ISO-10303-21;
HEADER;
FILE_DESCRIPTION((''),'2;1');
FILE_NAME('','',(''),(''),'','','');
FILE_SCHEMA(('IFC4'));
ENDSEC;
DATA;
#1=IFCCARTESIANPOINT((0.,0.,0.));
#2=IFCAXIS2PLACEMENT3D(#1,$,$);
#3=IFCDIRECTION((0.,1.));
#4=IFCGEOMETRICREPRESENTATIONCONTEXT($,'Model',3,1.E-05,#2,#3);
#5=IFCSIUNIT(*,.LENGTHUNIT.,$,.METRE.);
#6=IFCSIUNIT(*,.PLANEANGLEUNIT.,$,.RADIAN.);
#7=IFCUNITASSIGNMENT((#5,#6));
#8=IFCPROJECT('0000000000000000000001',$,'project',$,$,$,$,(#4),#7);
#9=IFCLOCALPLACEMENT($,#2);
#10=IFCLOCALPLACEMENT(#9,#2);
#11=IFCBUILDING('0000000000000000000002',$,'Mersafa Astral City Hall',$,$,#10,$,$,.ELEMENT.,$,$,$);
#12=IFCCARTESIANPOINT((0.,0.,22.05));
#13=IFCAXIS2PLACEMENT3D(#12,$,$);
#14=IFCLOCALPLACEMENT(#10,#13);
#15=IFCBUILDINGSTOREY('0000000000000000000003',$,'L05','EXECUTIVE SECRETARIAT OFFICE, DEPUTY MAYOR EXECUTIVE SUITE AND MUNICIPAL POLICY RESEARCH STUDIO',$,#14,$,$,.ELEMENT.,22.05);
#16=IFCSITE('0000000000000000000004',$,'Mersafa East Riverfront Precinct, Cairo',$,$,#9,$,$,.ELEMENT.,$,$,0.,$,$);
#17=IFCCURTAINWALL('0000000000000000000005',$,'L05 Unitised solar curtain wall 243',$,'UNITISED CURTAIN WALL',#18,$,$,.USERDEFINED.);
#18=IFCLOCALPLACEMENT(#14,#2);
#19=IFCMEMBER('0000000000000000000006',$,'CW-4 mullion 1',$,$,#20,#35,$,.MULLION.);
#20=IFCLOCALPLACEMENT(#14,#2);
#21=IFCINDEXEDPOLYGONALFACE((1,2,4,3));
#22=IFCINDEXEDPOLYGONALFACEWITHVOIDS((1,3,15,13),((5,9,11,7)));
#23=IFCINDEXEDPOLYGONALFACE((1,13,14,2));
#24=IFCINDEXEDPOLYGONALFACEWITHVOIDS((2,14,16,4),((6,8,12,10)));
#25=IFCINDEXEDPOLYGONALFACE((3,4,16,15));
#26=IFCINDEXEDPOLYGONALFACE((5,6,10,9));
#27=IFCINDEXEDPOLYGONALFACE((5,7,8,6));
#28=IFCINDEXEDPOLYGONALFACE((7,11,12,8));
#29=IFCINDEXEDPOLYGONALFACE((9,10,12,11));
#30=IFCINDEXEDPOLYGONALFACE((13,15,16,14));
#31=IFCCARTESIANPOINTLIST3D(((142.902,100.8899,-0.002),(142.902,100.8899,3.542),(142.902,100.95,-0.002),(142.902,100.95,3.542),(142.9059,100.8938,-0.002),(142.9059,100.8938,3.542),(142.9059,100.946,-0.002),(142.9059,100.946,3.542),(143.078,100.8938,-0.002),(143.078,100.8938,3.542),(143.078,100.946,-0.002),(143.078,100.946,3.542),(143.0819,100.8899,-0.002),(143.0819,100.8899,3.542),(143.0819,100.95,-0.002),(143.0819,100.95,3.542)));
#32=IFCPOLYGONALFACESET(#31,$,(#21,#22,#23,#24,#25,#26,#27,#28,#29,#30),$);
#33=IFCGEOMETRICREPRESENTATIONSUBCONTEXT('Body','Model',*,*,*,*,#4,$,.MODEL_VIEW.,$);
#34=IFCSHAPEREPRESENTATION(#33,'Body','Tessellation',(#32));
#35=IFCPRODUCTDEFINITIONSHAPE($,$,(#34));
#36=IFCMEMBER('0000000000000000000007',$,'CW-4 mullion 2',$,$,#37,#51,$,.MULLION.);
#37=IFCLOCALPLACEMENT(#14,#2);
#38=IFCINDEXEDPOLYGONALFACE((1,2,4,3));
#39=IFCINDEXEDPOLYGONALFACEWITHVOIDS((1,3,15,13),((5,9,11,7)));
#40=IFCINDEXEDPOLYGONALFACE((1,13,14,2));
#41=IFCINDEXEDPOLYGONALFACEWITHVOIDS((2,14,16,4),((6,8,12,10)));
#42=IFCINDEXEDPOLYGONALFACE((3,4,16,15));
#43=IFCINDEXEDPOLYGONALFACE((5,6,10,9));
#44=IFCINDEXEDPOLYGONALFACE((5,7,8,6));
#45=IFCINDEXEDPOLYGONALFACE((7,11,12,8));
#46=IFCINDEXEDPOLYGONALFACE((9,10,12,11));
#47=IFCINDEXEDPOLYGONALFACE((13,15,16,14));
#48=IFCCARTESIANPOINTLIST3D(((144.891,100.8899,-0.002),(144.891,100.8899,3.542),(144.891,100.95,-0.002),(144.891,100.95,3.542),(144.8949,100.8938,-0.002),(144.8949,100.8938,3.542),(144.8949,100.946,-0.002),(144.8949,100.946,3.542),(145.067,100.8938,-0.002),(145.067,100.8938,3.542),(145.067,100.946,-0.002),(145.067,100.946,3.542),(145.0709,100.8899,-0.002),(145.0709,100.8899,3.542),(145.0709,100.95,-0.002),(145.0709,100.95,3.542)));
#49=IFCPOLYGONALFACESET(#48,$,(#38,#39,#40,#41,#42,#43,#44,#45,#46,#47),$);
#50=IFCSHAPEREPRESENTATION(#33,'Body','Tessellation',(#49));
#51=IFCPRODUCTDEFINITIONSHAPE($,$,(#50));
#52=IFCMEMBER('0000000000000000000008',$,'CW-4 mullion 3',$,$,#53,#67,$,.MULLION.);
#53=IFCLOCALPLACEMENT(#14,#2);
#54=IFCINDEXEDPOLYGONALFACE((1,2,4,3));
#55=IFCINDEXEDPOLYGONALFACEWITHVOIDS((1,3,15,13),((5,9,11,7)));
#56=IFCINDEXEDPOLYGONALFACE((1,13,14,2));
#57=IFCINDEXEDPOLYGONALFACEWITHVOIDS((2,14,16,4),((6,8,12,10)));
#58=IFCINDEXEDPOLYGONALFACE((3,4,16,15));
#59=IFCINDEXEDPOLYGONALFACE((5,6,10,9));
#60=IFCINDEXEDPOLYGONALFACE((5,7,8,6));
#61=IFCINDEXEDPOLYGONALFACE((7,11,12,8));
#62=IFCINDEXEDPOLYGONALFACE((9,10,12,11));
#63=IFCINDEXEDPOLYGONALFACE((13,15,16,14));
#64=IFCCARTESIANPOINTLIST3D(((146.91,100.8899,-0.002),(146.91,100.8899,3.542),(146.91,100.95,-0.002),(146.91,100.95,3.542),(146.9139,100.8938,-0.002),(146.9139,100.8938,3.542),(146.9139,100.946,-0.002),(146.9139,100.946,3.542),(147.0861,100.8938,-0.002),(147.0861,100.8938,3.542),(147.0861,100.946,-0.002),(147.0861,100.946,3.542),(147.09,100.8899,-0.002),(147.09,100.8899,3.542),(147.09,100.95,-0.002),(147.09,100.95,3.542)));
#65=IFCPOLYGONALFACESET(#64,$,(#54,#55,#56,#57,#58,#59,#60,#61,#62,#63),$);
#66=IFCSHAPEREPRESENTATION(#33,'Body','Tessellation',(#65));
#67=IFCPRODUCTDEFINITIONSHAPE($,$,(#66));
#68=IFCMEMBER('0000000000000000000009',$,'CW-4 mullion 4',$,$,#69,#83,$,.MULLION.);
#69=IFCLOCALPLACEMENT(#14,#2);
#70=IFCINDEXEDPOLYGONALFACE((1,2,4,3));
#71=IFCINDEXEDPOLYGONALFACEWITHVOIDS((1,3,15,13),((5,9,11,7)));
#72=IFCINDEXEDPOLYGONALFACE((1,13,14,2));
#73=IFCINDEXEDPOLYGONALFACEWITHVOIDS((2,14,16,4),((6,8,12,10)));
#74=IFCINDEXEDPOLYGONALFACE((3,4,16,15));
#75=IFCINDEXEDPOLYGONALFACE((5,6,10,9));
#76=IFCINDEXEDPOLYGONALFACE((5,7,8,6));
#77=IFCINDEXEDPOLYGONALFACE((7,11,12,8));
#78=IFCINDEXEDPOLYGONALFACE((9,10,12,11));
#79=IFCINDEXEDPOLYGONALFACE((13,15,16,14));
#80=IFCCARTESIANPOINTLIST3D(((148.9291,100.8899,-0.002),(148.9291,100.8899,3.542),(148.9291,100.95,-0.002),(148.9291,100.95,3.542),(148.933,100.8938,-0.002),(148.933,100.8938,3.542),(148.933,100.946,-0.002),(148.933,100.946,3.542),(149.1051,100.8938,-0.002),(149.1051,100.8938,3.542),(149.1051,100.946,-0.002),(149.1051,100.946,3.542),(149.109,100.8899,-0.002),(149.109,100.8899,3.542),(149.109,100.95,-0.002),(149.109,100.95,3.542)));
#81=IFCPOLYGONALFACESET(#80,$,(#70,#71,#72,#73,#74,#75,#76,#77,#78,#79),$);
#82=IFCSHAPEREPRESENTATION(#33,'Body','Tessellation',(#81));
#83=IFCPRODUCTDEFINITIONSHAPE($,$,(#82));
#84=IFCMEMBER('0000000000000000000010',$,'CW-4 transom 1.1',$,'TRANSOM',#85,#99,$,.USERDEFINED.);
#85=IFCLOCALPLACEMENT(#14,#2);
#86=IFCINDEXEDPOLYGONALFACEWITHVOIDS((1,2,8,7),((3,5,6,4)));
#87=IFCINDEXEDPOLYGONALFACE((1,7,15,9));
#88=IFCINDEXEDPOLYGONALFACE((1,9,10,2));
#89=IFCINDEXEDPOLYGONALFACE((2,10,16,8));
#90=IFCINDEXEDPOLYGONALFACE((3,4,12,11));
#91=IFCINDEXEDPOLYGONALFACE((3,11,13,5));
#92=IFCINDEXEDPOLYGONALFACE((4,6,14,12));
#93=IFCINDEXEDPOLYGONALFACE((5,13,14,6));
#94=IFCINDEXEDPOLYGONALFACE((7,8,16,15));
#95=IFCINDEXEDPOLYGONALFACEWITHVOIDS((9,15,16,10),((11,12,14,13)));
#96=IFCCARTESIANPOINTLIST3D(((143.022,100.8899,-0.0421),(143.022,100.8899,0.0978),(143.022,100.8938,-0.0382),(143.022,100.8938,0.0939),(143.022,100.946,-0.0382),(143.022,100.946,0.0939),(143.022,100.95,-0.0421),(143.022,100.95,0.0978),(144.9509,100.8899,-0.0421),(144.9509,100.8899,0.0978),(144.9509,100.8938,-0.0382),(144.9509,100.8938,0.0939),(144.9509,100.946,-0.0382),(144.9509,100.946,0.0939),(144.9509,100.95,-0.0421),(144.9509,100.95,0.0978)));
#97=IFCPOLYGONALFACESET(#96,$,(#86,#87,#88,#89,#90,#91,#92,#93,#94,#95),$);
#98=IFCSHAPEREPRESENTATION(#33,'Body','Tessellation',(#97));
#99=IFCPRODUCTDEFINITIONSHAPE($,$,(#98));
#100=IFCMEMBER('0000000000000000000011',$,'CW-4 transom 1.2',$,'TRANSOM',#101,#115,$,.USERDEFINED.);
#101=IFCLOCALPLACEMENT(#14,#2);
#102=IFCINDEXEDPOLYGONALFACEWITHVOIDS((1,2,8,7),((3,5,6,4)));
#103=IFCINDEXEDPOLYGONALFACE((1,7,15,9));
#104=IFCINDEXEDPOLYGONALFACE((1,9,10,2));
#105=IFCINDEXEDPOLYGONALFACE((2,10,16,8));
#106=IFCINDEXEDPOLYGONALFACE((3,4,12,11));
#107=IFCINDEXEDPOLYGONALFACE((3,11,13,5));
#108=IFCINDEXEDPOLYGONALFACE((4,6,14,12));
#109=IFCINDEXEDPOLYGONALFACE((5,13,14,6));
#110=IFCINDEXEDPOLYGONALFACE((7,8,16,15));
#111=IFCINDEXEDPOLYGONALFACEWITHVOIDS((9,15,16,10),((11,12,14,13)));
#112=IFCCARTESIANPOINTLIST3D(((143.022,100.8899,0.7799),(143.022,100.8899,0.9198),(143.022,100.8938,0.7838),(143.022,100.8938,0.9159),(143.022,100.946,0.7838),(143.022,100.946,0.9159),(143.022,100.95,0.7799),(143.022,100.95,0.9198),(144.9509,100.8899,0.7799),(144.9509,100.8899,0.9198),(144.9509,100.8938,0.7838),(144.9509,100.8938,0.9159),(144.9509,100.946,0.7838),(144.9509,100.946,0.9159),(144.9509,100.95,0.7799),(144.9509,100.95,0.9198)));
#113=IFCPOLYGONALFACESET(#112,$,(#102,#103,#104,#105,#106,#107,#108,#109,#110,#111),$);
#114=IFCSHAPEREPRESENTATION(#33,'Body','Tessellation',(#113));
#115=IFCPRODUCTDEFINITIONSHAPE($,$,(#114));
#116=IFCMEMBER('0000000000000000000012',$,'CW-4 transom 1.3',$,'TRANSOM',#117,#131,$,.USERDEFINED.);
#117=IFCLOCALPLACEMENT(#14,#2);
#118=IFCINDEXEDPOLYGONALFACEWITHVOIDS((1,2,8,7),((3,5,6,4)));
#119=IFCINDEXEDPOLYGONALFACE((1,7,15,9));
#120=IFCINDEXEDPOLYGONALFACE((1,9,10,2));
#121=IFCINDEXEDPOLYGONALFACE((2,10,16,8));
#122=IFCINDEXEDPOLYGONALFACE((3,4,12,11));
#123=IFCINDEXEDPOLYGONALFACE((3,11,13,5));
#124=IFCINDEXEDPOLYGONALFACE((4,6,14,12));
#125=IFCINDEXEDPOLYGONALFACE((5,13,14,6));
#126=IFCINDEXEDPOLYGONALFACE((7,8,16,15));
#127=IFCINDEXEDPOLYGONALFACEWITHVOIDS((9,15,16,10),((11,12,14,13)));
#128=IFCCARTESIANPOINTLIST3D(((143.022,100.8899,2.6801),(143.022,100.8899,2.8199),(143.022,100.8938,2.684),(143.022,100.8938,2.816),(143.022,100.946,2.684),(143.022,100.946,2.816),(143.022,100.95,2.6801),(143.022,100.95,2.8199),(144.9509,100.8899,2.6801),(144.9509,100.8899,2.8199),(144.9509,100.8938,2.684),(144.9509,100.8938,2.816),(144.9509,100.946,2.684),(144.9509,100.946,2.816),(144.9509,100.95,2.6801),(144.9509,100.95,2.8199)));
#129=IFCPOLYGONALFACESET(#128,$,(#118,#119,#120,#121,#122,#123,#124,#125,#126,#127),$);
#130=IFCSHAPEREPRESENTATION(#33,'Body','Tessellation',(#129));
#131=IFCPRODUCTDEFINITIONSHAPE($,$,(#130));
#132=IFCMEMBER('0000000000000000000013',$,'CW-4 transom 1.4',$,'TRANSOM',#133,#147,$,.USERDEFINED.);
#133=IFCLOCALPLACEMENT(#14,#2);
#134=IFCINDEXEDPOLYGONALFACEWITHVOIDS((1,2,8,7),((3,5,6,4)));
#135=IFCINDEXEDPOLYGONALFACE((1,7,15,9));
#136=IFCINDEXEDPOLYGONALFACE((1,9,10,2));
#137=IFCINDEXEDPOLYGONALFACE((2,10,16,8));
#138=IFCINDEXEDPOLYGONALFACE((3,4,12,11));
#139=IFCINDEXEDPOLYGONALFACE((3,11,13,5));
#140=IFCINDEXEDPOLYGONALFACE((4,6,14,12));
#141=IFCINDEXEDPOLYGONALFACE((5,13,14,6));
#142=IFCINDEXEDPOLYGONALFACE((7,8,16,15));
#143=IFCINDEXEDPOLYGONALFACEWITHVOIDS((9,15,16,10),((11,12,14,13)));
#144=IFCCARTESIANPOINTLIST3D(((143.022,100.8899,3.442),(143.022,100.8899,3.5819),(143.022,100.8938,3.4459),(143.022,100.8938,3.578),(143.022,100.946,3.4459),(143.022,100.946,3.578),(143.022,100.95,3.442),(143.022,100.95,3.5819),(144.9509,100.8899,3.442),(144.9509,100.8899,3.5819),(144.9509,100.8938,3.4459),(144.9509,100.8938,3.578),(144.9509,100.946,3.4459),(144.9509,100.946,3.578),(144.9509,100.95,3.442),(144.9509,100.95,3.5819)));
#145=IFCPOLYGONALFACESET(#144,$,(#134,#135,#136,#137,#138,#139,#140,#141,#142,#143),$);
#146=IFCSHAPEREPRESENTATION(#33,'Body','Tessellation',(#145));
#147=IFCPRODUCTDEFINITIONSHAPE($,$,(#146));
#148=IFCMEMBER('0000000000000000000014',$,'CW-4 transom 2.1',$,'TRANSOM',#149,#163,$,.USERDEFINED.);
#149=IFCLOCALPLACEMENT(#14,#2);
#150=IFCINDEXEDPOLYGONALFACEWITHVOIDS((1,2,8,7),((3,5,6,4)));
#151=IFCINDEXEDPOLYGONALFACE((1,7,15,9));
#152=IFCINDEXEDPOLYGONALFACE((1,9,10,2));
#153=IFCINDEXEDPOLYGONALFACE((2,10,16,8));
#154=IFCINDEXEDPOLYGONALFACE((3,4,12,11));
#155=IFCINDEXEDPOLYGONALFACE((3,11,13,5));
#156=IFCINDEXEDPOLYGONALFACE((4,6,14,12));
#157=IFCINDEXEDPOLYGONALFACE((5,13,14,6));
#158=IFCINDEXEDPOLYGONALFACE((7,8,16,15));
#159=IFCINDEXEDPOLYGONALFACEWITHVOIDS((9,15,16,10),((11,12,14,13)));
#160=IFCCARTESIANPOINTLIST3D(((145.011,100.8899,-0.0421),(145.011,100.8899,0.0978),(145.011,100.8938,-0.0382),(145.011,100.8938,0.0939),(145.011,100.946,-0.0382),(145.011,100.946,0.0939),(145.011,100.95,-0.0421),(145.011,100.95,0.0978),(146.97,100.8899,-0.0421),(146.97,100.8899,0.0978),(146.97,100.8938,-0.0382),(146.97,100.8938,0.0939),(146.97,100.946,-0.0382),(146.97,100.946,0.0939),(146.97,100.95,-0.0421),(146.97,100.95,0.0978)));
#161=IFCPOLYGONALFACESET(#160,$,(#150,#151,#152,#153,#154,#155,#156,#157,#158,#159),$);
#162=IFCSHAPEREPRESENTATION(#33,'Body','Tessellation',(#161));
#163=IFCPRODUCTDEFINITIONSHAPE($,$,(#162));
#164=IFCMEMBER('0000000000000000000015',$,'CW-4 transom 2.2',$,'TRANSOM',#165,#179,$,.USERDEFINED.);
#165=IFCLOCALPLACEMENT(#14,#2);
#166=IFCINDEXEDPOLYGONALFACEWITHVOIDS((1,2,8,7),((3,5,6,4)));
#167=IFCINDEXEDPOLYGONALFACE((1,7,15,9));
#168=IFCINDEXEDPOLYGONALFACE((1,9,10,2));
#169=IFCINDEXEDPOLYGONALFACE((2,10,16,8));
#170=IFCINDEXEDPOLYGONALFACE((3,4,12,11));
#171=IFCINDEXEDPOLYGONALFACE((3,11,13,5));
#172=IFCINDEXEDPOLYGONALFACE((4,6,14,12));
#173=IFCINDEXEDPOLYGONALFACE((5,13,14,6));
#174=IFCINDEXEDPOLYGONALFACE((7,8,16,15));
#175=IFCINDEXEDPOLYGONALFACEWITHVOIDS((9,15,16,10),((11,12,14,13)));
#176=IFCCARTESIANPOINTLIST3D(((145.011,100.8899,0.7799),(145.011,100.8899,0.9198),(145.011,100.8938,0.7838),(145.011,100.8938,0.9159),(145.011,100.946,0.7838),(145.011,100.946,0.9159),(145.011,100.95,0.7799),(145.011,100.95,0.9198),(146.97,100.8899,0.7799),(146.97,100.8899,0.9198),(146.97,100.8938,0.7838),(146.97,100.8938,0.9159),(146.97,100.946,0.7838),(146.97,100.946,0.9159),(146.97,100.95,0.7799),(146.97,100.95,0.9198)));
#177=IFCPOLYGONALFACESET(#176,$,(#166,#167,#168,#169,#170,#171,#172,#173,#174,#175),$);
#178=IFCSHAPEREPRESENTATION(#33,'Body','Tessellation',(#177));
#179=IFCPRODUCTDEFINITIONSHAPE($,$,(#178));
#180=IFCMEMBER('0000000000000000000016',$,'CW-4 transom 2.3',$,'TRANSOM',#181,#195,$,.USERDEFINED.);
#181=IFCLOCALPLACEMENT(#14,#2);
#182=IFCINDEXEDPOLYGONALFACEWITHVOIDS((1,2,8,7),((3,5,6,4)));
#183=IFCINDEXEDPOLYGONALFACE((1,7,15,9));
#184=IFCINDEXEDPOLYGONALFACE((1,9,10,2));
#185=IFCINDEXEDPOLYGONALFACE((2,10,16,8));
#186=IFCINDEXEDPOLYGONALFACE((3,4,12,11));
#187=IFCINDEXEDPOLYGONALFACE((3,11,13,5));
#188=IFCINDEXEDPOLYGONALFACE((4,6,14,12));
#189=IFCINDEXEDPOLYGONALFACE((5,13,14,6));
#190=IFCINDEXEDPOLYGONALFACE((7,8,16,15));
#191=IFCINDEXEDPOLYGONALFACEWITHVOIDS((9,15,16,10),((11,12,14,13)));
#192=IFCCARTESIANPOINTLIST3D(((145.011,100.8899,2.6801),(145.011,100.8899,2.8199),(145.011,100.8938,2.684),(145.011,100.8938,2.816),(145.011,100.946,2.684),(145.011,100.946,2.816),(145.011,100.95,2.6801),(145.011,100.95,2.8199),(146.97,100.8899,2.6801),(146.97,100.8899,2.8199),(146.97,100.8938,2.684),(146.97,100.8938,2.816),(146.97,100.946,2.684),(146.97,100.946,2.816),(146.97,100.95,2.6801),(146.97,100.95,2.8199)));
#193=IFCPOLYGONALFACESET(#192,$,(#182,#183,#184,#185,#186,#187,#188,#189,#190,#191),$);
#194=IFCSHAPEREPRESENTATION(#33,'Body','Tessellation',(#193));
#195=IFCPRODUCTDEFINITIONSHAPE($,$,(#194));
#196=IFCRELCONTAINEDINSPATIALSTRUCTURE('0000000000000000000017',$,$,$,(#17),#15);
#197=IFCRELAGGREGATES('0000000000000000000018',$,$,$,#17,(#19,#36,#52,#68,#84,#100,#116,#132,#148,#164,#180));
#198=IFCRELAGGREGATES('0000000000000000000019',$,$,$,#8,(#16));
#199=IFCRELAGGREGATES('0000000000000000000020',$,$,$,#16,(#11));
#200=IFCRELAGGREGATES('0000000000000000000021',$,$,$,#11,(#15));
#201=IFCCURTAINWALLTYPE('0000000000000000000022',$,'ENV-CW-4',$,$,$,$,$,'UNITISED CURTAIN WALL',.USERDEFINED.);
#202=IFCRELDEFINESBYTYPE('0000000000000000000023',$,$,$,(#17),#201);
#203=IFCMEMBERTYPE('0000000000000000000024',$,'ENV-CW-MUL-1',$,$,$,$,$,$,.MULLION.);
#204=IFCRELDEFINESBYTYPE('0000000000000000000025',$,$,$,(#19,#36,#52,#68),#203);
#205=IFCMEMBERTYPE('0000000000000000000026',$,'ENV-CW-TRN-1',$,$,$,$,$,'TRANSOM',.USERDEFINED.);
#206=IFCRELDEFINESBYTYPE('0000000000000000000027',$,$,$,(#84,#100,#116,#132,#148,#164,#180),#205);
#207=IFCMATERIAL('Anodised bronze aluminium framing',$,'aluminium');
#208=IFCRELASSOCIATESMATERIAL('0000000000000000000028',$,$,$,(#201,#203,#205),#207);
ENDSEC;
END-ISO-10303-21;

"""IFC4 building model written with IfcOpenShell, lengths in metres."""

from ifc_helpers import new_model, si_unit, direction, frame, origin, origin_2d, place, context, subcontext, project, spatial, hollow_rectangle, extrude, material, material_profile, profile_set, type_object, element, aggregate, save


model = new_model("IFC4")

# Units and contexts
model_context = context("Model", 3, precision=1e-05, world=origin(), true_north=direction((0.0, 1.0)))
body_context = subcontext(model_context, "Body", "Model", "MODEL_VIEW")
ifc_project = project(units=[si_unit("LENGTHUNIT", "METRE"), si_unit("PLANEANGLEUNIT", "RADIAN")], contexts=[model_context])

# Site, building, storey
site_placement = place(None, origin())
site = spatial("IfcSite", under=ifc_project, at=site_placement, Name="Mersafa East Riverfront Precinct, Cairo", CompositionType="ELEMENT", RefElevation=0.0)
building_placement = place(site_placement, origin())
building = spatial("IfcBuilding", under=site, at=building_placement, Name="Mersafa Astral City Hall", CompositionType="ELEMENT")
storey_placement = place(building_placement, frame((0.0, 0.0, 22.05)))
storey = spatial("IfcBuildingStorey", under=building, at=storey_placement, Name="L05", Description="EXECUTIVE SECRETARIAT OFFICE, DEPUTY MAYOR EXECUTIVE SUITE AND MUNICIPAL POLICY RESEARCH STUDIO", CompositionType="ELEMENT", Elevation=22.05)

# Curtain wall, members
ifc_material_1 = material(Name="Anodised bronze aluminium framing", Category="aluminium")
curtain_wall_type = type_object("IfcCurtainWallType", Name="ENV-CW-4", ElementType="UNITISED CURTAIN WALL", PredefinedType="USERDEFINED", material=ifc_material_1)
curtain_wall_placement = place(storey_placement, origin())
curtain_wall = element("IfcCurtainWall", 1, at=curtain_wall_placement, inside=storey, type_object=curtain_wall_type, Name="L05 Unitised solar curtain wall 243", ObjectType="UNITISED CURTAIN WALL", PredefinedType="USERDEFINED")
ifc_material_profile_1 = material_profile(ifc_material_1, hollow_rectangle(XDim=0.0601, YDim=0.1799, WallThickness=0.0039, at=origin_2d()), Name="RHS 60x180x4")
ifc_profile_set_1 = profile_set([ifc_material_profile_1], Name="Anodised bronze aluminium framing")
member_type_1 = type_object("IfcMemberType", Name="ENV-CW-MUL-1", PredefinedType="MULLION", material=ifc_profile_set_1)
member_1_placement = place(storey_placement, frame((142.9919, 100.9199, -0.002), z_axis=(0.0, 0.0, 1.0), x_axis=(0.0, 1.0, 0.0)))
member_1 = element("IfcMember", 2, at=member_1_placement, type_object=member_type_1, Name="CW-4 mullion 1", PredefinedType="MULLION", context=body_context, shape_type="SweptSolid", body=[
    extrude(hollow_rectangle(XDim=0.0601, YDim=0.1799, WallThickness=0.0039, at=origin_2d()), origin(), (0.0, 0.0, 1.0), 3.5439),
])
member_2_placement = place(storey_placement, frame((144.981, 100.9199, -0.002), z_axis=(0.0, 0.0, 1.0), x_axis=(0.0, 1.0, 0.0)))
member_2 = element("IfcMember", 3, at=member_2_placement, type_object=member_type_1, Name="CW-4 mullion 2", PredefinedType="MULLION", context=body_context, shape_type="SweptSolid", body=[
    extrude(hollow_rectangle(XDim=0.0601, YDim=0.1799, WallThickness=0.0039, at=origin_2d()), origin(), (0.0, 0.0, 1.0), 3.5439),
])
member_3_placement = place(storey_placement, frame((147.0, 100.9199, -0.002), z_axis=(0.0, 0.0, 1.0), x_axis=(0.0, 1.0, 0.0)))
member_3 = element("IfcMember", 4, at=member_3_placement, type_object=member_type_1, Name="CW-4 mullion 3", PredefinedType="MULLION", context=body_context, shape_type="SweptSolid", body=[
    extrude(hollow_rectangle(XDim=0.0601, YDim=0.1799, WallThickness=0.0039, at=origin_2d()), origin(), (0.0, 0.0, 1.0), 3.5439),
])
member_4_placement = place(storey_placement, frame((149.019, 100.9199, -0.002), z_axis=(0.0, 0.0, 1.0), x_axis=(0.0, 1.0, 0.0)))
member_4 = element("IfcMember", 5, at=member_4_placement, type_object=member_type_1, Name="CW-4 mullion 4", PredefinedType="MULLION", context=body_context, shape_type="SweptSolid", body=[
    extrude(hollow_rectangle(XDim=0.0601, YDim=0.1799, WallThickness=0.0039, at=origin_2d()), origin(), (0.0, 0.0, 1.0), 3.5439),
])
ifc_material_profile_2 = material_profile(ifc_material_1, hollow_rectangle(XDim=0.0601, YDim=0.1399, WallThickness=0.0039, at=origin_2d()), Name="RHS 60x140x4")
ifc_profile_set_2 = profile_set([ifc_material_profile_2], Name="Anodised bronze aluminium framing")
member_type_2 = type_object("IfcMemberType", Name="ENV-CW-TRN-1", ElementType="TRANSOM", PredefinedType="USERDEFINED", material=ifc_profile_set_2)
member_5_placement = place(storey_placement, frame((143.022, 100.9199, 0.0278), z_axis=(1.0, 0.0, 0.0), x_axis=(0.0, 1.0, 0.0)))
member_5 = element("IfcMember", 6, at=member_5_placement, type_object=member_type_2, Name="CW-4 transom 1.1", ObjectType="TRANSOM", PredefinedType="USERDEFINED", context=body_context, shape_type="SweptSolid", body=[
    extrude(hollow_rectangle(XDim=0.0601, YDim=0.1399, WallThickness=0.0039, at=origin_2d()), origin(), (0.0, 0.0, 1.0), 1.929),
])
member_6_placement = place(storey_placement, frame((143.022, 100.9199, 0.8499), z_axis=(1.0, 0.0, 0.0), x_axis=(0.0, 1.0, 0.0)))
member_6 = element("IfcMember", 7, at=member_6_placement, type_object=member_type_2, Name="CW-4 transom 1.2", ObjectType="TRANSOM", PredefinedType="USERDEFINED", context=body_context, shape_type="SweptSolid", body=[
    extrude(hollow_rectangle(XDim=0.0601, YDim=0.1399, WallThickness=0.0039, at=origin_2d()), origin(), (0.0, 0.0, 1.0), 1.929),
])
member_7_placement = place(storey_placement, frame((143.022, 100.9199, 2.75), z_axis=(1.0, 0.0, 0.0), x_axis=(0.0, 1.0, 0.0)))
member_7 = element("IfcMember", 8, at=member_7_placement, type_object=member_type_2, Name="CW-4 transom 1.3", ObjectType="TRANSOM", PredefinedType="USERDEFINED", context=body_context, shape_type="SweptSolid", body=[
    extrude(hollow_rectangle(XDim=0.0601, YDim=0.1399, WallThickness=0.0039, at=origin_2d()), origin(), (0.0, 0.0, 1.0), 1.929),
])
member_8_placement = place(storey_placement, frame((143.022, 100.9199, 3.512), z_axis=(1.0, 0.0, 0.0), x_axis=(0.0, 1.0, 0.0)))
member_8 = element("IfcMember", 9, at=member_8_placement, type_object=member_type_2, Name="CW-4 transom 1.4", ObjectType="TRANSOM", PredefinedType="USERDEFINED", context=body_context, shape_type="SweptSolid", body=[
    extrude(hollow_rectangle(XDim=0.0601, YDim=0.1399, WallThickness=0.0039, at=origin_2d()), origin(), (0.0, 0.0, 1.0), 1.929),
])
member_9_placement = place(storey_placement, frame((145.011, 100.9199, 0.0278), z_axis=(1.0, 0.0, 0.0), x_axis=(0.0, 1.0, 0.0)))
member_9 = element("IfcMember", 10, at=member_9_placement, type_object=member_type_2, Name="CW-4 transom 2.1", ObjectType="TRANSOM", PredefinedType="USERDEFINED", context=body_context, shape_type="SweptSolid", body=[
    extrude(hollow_rectangle(XDim=0.0601, YDim=0.1399, WallThickness=0.0039, at=origin_2d()), origin(), (0.0, 0.0, 1.0), 1.959),
])
member_10_placement = place(storey_placement, frame((145.011, 100.9199, 0.8499), z_axis=(1.0, 0.0, 0.0), x_axis=(0.0, 1.0, 0.0)))
member_10 = element("IfcMember", 11, at=member_10_placement, type_object=member_type_2, Name="CW-4 transom 2.2", ObjectType="TRANSOM", PredefinedType="USERDEFINED", context=body_context, shape_type="SweptSolid", body=[
    extrude(hollow_rectangle(XDim=0.0601, YDim=0.1399, WallThickness=0.0039, at=origin_2d()), origin(), (0.0, 0.0, 1.0), 1.959),
])
member_11_placement = place(storey_placement, frame((145.011, 100.9199, 2.75), z_axis=(1.0, 0.0, 0.0), x_axis=(0.0, 1.0, 0.0)))
member_11 = element("IfcMember", 12, at=member_11_placement, type_object=member_type_2, Name="CW-4 transom 2.3", ObjectType="TRANSOM", PredefinedType="USERDEFINED", context=body_context, shape_type="SweptSolid", body=[
    extrude(hollow_rectangle(XDim=0.0601, YDim=0.1399, WallThickness=0.0039, at=origin_2d()), origin(), (0.0, 0.0, 1.0), 1.959),
])
aggregate(curtain_wall, [member_1, member_2, member_3, member_4, member_5, member_6, member_7, member_8, member_9, member_10, member_11])

save(model, "model.ifc")
